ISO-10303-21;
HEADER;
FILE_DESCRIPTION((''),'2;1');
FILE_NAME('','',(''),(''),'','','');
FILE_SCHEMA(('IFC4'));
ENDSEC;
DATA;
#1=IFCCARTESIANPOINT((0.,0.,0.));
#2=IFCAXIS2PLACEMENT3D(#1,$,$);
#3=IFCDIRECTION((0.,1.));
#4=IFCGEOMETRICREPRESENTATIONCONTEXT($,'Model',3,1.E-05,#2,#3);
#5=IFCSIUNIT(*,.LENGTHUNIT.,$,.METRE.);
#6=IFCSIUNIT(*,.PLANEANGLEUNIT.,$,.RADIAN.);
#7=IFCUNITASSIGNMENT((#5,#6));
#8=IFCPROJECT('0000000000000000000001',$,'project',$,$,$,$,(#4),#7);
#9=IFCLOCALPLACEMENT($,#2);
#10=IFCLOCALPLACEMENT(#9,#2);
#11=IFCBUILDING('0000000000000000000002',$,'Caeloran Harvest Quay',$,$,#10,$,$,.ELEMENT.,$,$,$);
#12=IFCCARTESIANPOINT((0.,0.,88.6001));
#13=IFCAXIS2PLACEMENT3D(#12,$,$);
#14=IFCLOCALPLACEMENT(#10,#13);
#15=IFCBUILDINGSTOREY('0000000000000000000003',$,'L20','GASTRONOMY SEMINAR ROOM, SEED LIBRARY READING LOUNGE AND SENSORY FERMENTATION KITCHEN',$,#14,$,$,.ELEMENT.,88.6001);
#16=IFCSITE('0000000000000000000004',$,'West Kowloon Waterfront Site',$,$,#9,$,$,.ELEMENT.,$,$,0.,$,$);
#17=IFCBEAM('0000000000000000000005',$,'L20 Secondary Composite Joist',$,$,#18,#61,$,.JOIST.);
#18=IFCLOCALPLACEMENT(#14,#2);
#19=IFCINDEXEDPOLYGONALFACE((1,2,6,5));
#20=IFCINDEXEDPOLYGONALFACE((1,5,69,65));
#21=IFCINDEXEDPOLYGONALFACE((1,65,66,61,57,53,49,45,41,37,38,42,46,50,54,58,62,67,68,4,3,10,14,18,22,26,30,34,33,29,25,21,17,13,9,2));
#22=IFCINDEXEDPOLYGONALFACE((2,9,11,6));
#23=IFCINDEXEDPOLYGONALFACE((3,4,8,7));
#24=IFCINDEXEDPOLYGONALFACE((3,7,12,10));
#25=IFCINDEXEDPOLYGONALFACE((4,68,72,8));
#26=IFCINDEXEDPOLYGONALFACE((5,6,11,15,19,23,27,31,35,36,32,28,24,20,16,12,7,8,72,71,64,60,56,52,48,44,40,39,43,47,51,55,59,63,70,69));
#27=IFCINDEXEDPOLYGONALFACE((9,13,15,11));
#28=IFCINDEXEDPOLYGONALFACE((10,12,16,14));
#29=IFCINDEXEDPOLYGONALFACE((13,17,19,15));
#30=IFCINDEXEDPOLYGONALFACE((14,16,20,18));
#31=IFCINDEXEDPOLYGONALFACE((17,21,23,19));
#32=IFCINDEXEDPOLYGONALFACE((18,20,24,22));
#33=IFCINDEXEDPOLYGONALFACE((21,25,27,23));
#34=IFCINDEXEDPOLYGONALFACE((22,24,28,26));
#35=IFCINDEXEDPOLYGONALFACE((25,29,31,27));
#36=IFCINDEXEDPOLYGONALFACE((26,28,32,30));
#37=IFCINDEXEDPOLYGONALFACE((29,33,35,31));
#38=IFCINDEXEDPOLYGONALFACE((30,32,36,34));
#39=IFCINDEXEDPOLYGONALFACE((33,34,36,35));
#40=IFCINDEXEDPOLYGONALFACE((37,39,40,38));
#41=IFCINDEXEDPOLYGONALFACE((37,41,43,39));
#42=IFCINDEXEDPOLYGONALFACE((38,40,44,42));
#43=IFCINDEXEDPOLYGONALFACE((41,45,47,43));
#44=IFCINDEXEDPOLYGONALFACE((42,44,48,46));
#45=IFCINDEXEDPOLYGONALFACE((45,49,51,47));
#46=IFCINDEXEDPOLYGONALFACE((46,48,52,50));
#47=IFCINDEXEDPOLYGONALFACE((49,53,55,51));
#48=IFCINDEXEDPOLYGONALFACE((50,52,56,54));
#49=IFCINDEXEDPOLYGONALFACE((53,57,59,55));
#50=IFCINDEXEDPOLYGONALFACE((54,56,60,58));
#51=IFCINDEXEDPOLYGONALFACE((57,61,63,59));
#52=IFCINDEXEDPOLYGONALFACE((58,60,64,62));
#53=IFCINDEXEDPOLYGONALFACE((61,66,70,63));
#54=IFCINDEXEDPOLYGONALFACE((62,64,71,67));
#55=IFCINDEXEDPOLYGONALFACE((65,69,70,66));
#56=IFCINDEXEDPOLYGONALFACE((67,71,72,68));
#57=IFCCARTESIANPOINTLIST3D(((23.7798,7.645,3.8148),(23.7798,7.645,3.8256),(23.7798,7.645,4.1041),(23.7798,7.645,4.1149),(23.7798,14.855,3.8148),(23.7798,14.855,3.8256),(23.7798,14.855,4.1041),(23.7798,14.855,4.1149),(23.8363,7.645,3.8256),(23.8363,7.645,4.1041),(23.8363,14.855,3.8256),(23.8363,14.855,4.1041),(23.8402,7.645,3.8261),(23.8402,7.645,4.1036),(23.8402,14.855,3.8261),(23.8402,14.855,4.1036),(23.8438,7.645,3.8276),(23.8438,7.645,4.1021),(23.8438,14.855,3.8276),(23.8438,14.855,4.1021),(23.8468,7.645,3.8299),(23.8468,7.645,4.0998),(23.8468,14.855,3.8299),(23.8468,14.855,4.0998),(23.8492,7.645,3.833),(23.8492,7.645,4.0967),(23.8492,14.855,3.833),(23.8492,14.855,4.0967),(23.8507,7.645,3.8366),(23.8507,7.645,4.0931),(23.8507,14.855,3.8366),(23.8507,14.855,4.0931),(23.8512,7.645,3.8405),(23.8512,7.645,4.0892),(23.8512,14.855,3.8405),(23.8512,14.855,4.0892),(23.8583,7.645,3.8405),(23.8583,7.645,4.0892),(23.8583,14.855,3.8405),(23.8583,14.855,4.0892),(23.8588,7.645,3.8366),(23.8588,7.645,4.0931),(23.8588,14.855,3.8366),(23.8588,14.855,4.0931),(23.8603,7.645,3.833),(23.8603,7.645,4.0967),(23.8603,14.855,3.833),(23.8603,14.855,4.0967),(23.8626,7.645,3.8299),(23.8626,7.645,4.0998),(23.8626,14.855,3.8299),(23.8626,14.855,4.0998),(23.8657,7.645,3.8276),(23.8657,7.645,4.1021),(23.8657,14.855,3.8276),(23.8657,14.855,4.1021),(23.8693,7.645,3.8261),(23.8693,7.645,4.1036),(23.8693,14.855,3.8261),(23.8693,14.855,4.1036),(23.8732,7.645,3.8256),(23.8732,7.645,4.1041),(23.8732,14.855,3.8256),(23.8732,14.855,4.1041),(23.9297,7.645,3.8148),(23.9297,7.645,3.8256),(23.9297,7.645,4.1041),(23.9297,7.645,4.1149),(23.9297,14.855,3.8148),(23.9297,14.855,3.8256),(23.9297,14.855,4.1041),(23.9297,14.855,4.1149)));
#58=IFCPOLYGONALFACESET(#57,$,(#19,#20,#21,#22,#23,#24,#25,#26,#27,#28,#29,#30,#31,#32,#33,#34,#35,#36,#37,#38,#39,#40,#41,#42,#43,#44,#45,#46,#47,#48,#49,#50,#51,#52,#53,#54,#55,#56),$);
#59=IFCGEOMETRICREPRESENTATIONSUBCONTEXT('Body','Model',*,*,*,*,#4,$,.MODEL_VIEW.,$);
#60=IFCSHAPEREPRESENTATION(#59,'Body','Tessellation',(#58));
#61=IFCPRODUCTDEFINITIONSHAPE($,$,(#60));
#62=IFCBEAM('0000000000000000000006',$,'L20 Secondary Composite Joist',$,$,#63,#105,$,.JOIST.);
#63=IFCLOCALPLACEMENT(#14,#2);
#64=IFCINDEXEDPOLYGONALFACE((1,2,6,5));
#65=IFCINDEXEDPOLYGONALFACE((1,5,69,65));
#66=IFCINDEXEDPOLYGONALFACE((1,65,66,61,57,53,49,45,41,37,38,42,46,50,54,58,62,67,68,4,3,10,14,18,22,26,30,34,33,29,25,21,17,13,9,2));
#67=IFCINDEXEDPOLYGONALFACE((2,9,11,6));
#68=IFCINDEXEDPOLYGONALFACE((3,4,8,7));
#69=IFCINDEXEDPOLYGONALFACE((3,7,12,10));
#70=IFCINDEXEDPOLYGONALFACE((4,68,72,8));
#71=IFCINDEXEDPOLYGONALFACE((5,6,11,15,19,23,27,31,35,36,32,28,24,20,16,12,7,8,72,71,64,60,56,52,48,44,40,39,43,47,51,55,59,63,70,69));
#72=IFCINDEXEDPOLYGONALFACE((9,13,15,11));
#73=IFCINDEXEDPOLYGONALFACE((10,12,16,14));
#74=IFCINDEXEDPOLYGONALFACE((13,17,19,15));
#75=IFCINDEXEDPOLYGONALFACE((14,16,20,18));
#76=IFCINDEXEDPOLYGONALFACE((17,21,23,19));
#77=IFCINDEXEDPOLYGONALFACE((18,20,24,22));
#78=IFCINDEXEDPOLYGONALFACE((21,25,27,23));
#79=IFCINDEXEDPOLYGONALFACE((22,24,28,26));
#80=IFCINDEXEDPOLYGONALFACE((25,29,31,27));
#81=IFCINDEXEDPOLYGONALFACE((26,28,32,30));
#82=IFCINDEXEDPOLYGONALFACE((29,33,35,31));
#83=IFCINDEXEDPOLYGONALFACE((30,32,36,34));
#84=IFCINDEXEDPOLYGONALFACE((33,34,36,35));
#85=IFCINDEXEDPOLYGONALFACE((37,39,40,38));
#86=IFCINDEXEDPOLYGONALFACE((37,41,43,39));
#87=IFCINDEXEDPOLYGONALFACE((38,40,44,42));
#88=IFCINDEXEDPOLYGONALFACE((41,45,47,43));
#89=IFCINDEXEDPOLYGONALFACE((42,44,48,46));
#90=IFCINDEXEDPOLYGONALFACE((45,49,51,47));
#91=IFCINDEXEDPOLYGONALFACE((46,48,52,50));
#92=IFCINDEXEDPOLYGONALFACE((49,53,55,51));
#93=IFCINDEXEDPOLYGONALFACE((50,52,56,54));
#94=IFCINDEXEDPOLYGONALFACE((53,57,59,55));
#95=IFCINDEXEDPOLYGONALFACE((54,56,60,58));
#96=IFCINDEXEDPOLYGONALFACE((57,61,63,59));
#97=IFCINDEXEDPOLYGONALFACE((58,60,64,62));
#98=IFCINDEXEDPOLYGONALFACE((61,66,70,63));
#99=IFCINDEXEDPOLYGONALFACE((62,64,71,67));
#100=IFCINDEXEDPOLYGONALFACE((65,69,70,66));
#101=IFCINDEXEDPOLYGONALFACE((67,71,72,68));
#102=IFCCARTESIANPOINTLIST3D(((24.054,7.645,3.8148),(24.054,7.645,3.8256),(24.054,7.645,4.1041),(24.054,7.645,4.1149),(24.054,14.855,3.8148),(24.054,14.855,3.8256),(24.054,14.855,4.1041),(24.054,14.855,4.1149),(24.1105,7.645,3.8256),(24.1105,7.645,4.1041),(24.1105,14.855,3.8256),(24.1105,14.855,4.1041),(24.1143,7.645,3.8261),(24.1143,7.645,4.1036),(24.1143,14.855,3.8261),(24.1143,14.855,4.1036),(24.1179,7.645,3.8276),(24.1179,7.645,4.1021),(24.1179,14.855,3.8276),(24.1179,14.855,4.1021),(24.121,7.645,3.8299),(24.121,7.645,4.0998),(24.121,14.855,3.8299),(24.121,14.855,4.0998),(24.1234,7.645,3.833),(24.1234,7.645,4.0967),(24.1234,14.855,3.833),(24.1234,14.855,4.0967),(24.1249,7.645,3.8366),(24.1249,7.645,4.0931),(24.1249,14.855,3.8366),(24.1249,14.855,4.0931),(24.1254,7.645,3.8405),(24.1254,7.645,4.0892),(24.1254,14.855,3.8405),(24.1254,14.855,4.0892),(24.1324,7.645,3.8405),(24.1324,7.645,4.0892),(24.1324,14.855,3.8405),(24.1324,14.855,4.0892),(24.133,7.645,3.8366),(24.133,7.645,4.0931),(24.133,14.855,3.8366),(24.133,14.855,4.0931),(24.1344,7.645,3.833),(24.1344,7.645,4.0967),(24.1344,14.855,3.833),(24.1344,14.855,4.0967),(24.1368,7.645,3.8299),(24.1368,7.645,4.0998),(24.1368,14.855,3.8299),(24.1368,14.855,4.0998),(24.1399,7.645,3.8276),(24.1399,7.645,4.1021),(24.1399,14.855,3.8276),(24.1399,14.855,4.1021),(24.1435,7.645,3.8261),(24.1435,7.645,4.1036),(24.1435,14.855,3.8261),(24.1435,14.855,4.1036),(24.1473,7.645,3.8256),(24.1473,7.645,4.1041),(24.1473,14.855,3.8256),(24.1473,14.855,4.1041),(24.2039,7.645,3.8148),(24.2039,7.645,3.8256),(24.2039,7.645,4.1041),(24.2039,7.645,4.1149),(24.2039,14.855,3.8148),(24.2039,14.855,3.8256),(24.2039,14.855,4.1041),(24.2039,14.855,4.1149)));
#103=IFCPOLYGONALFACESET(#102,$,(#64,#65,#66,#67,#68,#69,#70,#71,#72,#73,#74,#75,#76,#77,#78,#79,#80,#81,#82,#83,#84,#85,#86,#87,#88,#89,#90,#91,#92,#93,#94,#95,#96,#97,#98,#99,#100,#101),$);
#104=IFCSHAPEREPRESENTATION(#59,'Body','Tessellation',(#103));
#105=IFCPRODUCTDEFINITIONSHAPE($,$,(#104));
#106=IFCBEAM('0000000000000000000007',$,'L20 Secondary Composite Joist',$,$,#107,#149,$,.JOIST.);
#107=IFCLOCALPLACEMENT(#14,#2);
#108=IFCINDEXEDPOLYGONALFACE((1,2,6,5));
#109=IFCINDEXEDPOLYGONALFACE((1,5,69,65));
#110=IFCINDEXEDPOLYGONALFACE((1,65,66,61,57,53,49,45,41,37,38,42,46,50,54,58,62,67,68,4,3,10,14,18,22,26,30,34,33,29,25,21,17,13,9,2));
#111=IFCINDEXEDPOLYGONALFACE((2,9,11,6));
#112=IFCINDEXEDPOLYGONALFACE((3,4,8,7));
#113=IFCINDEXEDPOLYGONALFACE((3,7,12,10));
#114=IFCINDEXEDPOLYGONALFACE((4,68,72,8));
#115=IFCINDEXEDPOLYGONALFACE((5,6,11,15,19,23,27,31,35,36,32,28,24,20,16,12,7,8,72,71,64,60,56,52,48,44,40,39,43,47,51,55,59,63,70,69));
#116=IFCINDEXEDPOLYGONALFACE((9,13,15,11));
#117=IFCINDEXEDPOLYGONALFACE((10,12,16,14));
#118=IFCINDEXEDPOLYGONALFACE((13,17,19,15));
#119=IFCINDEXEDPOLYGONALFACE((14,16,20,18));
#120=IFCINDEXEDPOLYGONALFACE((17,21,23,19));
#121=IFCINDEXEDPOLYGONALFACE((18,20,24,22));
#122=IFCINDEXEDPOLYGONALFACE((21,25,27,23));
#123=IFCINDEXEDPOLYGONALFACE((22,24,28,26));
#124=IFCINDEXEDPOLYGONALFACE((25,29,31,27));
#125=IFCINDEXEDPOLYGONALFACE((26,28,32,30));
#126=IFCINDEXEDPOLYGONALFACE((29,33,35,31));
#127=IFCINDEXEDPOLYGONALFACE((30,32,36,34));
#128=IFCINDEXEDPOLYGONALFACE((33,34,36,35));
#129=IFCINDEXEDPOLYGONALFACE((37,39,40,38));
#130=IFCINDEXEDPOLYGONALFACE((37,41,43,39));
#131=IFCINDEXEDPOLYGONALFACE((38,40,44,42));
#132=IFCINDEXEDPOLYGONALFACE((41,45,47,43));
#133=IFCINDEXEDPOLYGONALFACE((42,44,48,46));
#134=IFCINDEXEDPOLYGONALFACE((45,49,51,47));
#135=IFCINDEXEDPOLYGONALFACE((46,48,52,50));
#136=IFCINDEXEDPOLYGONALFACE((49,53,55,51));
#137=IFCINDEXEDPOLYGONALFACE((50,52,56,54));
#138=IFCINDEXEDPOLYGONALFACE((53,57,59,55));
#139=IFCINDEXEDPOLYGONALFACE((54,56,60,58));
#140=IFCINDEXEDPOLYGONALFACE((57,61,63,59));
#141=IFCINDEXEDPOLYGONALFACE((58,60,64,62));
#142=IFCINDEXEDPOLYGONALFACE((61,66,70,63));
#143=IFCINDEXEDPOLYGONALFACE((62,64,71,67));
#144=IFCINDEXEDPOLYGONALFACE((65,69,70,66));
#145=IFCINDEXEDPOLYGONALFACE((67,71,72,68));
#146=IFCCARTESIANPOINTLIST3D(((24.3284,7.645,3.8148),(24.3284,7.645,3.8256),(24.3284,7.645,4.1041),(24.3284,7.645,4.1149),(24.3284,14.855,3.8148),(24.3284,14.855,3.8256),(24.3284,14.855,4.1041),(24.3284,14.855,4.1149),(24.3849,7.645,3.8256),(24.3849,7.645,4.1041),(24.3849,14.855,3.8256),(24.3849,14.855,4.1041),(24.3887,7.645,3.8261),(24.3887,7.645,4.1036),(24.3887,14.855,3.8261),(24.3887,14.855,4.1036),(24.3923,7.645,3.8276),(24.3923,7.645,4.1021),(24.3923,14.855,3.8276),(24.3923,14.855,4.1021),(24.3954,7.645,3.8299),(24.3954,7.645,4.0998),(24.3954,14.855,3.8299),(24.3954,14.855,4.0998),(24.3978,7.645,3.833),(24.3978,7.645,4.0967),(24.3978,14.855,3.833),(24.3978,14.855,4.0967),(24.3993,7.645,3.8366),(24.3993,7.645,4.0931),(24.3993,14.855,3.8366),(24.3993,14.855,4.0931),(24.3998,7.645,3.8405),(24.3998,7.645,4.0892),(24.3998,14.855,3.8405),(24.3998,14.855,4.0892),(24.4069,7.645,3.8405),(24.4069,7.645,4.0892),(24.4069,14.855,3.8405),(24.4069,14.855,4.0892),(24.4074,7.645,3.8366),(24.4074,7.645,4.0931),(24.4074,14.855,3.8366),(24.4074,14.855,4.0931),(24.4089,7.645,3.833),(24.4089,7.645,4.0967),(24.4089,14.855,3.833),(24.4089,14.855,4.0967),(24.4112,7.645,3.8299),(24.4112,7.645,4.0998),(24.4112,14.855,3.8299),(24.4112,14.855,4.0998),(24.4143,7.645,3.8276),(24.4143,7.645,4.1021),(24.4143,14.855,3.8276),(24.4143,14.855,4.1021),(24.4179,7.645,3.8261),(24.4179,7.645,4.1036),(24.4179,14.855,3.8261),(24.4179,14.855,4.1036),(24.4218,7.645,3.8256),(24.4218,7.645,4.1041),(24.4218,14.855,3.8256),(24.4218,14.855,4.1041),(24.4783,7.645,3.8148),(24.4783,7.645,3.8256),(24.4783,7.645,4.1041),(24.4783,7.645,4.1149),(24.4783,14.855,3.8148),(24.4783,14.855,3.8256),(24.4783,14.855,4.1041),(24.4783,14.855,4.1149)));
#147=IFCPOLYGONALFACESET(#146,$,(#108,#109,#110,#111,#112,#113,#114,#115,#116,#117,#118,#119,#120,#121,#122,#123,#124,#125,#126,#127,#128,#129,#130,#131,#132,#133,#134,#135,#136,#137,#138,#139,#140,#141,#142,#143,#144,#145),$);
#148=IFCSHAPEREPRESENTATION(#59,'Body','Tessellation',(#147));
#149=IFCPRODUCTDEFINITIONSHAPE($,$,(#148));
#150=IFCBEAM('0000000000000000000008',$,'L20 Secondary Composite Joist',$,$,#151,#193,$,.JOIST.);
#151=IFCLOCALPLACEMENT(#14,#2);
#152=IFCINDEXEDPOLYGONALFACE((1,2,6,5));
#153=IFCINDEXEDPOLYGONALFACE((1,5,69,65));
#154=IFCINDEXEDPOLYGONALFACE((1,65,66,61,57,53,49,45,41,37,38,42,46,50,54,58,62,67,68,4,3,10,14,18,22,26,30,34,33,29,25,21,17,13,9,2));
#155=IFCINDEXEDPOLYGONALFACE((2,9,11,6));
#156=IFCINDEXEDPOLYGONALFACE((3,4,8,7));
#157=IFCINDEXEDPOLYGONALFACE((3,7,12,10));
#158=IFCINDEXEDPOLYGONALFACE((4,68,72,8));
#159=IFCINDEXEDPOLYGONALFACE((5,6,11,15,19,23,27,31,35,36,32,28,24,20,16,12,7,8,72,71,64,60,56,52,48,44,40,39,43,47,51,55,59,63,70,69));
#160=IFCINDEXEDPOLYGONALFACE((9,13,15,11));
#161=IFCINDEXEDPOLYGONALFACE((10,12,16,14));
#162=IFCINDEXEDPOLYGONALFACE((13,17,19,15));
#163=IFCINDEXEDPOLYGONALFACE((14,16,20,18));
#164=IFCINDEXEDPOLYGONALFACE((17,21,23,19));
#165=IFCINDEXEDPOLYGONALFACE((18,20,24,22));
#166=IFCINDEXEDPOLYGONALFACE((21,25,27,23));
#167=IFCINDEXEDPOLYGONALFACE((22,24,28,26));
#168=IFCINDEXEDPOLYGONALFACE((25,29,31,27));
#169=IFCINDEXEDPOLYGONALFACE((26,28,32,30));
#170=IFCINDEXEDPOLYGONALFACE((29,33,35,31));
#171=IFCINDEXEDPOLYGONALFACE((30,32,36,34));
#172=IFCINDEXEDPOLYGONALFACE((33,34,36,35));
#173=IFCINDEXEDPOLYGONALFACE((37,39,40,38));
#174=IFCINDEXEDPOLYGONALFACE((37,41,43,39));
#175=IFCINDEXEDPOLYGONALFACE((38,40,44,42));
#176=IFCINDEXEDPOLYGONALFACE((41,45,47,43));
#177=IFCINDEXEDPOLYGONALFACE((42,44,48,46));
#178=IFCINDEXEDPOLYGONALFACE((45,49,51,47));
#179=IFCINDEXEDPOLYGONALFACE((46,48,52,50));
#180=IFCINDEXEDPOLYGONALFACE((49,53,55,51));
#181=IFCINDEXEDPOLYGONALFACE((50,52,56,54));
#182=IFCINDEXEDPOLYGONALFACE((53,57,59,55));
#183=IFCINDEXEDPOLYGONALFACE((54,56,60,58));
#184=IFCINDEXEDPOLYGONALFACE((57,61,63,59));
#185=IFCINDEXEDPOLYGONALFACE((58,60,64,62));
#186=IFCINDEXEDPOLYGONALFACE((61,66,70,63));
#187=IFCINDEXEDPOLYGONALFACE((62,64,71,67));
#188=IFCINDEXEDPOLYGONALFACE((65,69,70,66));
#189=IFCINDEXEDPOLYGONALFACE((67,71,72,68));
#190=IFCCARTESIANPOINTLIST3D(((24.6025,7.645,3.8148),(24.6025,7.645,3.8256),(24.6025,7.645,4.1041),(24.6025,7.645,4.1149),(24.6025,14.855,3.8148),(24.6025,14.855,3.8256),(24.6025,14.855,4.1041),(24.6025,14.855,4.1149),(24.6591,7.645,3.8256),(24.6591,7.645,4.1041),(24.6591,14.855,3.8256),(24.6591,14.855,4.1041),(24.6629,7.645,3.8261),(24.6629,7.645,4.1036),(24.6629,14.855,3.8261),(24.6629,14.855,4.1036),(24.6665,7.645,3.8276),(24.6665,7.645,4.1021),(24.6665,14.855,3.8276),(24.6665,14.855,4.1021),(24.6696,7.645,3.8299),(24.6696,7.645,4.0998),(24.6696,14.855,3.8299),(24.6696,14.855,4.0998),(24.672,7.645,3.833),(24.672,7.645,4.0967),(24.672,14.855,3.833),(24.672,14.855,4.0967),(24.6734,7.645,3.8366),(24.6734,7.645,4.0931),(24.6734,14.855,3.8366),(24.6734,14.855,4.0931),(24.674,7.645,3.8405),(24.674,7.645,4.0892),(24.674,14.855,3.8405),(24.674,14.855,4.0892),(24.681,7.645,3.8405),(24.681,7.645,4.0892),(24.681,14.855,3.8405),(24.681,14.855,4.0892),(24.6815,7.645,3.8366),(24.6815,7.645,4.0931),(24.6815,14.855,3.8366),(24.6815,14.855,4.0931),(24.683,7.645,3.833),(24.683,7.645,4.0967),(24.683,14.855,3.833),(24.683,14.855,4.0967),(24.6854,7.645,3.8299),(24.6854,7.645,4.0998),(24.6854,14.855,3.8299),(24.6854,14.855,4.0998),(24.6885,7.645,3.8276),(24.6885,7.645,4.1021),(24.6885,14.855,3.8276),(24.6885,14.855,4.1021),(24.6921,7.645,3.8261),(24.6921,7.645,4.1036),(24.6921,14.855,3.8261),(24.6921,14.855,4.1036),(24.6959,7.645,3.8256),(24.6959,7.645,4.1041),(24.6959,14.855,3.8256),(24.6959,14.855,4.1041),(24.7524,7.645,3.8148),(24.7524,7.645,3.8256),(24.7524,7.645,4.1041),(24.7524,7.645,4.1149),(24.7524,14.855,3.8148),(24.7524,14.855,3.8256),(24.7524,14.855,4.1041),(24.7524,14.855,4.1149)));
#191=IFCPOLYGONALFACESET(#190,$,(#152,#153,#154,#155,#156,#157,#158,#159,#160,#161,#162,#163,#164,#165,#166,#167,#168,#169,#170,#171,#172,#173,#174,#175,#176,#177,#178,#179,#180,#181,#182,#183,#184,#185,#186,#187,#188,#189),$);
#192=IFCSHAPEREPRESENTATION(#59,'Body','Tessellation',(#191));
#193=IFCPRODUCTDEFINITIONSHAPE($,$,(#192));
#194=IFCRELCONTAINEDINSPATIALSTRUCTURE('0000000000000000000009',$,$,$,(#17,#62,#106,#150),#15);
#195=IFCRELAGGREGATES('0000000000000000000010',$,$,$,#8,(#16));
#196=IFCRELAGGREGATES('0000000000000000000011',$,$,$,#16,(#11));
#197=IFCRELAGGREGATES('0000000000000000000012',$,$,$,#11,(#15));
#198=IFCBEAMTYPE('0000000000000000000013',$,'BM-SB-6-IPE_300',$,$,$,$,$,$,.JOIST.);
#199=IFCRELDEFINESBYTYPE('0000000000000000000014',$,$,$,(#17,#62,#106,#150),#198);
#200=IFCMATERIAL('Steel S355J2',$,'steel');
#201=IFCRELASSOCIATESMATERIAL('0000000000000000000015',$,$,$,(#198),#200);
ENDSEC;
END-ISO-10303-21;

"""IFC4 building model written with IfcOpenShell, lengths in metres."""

from ifc_helpers import new_model, si_unit, direction, frame, origin, origin_2d, place, context, subcontext, project, spatial, i_section, extrude, material, material_profile, profile_set, type_object, element, save


model = new_model("IFC4")

# Units and contexts
model_context = context("Model", 3, precision=1e-05, world=origin(), true_north=direction((0.0, 1.0)))
body_context = subcontext(model_context, "Body", "Model", "MODEL_VIEW")
ifc_project = project(units=[si_unit("LENGTHUNIT", "METRE"), si_unit("PLANEANGLEUNIT", "RADIAN")], contexts=[model_context])

# Site, building, storey
site_placement = place(None, origin())
site = spatial("IfcSite", under=ifc_project, at=site_placement, Name="West Kowloon Waterfront Site", CompositionType="ELEMENT", RefElevation=0.0)
building_placement = place(site_placement, origin())
building = spatial("IfcBuilding", under=site, at=building_placement, Name="Caeloran Harvest Quay", CompositionType="ELEMENT")
storey_placement = place(building_placement, frame((0.0, 0.0, 88.6001)))
storey = spatial("IfcBuildingStorey", under=building, at=storey_placement, Name="L20", Description="GASTRONOMY SEMINAR ROOM, SEED LIBRARY READING LOUNGE AND SENSORY FERMENTATION KITCHEN", CompositionType="ELEMENT", Elevation=88.6001)

# Beams
ifc_material_1 = material(Name="Steel S355J2", Category="steel")
ifc_material_profile_1 = material_profile(ifc_material_1, i_section(OverallWidth=0.1499, OverallDepth=0.3, WebThickness=0.0071, FlangeThickness=0.0107, FilletRadius=0.0149, at=origin_2d()), Name="IPE 300")
ifc_profile_set_1 = profile_set([ifc_material_profile_1], Name="Steel S355J2")
beam_type_1 = type_object("IfcBeamType", Name="BM-SB-6-IPE_300", PredefinedType="JOIST", material=ifc_profile_set_1)
for number, where, z_axis, x_axis, name in (
    (1, (23.8547, 7.645, 3.9648), (0.0, 1.0, 0.0), (-1.0, 0.0, 0.0), "L20 Secondary Composite Joist"),
    (2, (24.1289, 7.645, 3.9648), (0.0, 1.0, 0.0), (-1.0, 0.0, 0.0), "L20 Secondary Composite Joist"),
    (3, (24.4033, 7.645, 3.9648), (0.0, 1.0, 0.0), (-1.0, 0.0, 0.0), "L20 Secondary Composite Joist"),
    (4, (24.6775, 7.645, 3.9648), (0.0, 1.0, 0.0), (-1.0, 0.0, 0.0), "L20 Secondary Composite Joist"),
):
    element("IfcBeam", number, at=place(storey_placement, frame(where, z_axis=z_axis, x_axis=x_axis)), inside=storey, type_object=beam_type_1, Name=name, PredefinedType="JOIST", context=body_context, shape_type="SweptSolid", body=[
        extrude(i_section(OverallWidth=0.1499, OverallDepth=0.3, WebThickness=0.0071, FlangeThickness=0.0107, FilletRadius=0.0149, at=origin_2d()), origin(), (0.0, 0.0, 1.0), 7.21),
    ])

save(model, "model.ifc")
